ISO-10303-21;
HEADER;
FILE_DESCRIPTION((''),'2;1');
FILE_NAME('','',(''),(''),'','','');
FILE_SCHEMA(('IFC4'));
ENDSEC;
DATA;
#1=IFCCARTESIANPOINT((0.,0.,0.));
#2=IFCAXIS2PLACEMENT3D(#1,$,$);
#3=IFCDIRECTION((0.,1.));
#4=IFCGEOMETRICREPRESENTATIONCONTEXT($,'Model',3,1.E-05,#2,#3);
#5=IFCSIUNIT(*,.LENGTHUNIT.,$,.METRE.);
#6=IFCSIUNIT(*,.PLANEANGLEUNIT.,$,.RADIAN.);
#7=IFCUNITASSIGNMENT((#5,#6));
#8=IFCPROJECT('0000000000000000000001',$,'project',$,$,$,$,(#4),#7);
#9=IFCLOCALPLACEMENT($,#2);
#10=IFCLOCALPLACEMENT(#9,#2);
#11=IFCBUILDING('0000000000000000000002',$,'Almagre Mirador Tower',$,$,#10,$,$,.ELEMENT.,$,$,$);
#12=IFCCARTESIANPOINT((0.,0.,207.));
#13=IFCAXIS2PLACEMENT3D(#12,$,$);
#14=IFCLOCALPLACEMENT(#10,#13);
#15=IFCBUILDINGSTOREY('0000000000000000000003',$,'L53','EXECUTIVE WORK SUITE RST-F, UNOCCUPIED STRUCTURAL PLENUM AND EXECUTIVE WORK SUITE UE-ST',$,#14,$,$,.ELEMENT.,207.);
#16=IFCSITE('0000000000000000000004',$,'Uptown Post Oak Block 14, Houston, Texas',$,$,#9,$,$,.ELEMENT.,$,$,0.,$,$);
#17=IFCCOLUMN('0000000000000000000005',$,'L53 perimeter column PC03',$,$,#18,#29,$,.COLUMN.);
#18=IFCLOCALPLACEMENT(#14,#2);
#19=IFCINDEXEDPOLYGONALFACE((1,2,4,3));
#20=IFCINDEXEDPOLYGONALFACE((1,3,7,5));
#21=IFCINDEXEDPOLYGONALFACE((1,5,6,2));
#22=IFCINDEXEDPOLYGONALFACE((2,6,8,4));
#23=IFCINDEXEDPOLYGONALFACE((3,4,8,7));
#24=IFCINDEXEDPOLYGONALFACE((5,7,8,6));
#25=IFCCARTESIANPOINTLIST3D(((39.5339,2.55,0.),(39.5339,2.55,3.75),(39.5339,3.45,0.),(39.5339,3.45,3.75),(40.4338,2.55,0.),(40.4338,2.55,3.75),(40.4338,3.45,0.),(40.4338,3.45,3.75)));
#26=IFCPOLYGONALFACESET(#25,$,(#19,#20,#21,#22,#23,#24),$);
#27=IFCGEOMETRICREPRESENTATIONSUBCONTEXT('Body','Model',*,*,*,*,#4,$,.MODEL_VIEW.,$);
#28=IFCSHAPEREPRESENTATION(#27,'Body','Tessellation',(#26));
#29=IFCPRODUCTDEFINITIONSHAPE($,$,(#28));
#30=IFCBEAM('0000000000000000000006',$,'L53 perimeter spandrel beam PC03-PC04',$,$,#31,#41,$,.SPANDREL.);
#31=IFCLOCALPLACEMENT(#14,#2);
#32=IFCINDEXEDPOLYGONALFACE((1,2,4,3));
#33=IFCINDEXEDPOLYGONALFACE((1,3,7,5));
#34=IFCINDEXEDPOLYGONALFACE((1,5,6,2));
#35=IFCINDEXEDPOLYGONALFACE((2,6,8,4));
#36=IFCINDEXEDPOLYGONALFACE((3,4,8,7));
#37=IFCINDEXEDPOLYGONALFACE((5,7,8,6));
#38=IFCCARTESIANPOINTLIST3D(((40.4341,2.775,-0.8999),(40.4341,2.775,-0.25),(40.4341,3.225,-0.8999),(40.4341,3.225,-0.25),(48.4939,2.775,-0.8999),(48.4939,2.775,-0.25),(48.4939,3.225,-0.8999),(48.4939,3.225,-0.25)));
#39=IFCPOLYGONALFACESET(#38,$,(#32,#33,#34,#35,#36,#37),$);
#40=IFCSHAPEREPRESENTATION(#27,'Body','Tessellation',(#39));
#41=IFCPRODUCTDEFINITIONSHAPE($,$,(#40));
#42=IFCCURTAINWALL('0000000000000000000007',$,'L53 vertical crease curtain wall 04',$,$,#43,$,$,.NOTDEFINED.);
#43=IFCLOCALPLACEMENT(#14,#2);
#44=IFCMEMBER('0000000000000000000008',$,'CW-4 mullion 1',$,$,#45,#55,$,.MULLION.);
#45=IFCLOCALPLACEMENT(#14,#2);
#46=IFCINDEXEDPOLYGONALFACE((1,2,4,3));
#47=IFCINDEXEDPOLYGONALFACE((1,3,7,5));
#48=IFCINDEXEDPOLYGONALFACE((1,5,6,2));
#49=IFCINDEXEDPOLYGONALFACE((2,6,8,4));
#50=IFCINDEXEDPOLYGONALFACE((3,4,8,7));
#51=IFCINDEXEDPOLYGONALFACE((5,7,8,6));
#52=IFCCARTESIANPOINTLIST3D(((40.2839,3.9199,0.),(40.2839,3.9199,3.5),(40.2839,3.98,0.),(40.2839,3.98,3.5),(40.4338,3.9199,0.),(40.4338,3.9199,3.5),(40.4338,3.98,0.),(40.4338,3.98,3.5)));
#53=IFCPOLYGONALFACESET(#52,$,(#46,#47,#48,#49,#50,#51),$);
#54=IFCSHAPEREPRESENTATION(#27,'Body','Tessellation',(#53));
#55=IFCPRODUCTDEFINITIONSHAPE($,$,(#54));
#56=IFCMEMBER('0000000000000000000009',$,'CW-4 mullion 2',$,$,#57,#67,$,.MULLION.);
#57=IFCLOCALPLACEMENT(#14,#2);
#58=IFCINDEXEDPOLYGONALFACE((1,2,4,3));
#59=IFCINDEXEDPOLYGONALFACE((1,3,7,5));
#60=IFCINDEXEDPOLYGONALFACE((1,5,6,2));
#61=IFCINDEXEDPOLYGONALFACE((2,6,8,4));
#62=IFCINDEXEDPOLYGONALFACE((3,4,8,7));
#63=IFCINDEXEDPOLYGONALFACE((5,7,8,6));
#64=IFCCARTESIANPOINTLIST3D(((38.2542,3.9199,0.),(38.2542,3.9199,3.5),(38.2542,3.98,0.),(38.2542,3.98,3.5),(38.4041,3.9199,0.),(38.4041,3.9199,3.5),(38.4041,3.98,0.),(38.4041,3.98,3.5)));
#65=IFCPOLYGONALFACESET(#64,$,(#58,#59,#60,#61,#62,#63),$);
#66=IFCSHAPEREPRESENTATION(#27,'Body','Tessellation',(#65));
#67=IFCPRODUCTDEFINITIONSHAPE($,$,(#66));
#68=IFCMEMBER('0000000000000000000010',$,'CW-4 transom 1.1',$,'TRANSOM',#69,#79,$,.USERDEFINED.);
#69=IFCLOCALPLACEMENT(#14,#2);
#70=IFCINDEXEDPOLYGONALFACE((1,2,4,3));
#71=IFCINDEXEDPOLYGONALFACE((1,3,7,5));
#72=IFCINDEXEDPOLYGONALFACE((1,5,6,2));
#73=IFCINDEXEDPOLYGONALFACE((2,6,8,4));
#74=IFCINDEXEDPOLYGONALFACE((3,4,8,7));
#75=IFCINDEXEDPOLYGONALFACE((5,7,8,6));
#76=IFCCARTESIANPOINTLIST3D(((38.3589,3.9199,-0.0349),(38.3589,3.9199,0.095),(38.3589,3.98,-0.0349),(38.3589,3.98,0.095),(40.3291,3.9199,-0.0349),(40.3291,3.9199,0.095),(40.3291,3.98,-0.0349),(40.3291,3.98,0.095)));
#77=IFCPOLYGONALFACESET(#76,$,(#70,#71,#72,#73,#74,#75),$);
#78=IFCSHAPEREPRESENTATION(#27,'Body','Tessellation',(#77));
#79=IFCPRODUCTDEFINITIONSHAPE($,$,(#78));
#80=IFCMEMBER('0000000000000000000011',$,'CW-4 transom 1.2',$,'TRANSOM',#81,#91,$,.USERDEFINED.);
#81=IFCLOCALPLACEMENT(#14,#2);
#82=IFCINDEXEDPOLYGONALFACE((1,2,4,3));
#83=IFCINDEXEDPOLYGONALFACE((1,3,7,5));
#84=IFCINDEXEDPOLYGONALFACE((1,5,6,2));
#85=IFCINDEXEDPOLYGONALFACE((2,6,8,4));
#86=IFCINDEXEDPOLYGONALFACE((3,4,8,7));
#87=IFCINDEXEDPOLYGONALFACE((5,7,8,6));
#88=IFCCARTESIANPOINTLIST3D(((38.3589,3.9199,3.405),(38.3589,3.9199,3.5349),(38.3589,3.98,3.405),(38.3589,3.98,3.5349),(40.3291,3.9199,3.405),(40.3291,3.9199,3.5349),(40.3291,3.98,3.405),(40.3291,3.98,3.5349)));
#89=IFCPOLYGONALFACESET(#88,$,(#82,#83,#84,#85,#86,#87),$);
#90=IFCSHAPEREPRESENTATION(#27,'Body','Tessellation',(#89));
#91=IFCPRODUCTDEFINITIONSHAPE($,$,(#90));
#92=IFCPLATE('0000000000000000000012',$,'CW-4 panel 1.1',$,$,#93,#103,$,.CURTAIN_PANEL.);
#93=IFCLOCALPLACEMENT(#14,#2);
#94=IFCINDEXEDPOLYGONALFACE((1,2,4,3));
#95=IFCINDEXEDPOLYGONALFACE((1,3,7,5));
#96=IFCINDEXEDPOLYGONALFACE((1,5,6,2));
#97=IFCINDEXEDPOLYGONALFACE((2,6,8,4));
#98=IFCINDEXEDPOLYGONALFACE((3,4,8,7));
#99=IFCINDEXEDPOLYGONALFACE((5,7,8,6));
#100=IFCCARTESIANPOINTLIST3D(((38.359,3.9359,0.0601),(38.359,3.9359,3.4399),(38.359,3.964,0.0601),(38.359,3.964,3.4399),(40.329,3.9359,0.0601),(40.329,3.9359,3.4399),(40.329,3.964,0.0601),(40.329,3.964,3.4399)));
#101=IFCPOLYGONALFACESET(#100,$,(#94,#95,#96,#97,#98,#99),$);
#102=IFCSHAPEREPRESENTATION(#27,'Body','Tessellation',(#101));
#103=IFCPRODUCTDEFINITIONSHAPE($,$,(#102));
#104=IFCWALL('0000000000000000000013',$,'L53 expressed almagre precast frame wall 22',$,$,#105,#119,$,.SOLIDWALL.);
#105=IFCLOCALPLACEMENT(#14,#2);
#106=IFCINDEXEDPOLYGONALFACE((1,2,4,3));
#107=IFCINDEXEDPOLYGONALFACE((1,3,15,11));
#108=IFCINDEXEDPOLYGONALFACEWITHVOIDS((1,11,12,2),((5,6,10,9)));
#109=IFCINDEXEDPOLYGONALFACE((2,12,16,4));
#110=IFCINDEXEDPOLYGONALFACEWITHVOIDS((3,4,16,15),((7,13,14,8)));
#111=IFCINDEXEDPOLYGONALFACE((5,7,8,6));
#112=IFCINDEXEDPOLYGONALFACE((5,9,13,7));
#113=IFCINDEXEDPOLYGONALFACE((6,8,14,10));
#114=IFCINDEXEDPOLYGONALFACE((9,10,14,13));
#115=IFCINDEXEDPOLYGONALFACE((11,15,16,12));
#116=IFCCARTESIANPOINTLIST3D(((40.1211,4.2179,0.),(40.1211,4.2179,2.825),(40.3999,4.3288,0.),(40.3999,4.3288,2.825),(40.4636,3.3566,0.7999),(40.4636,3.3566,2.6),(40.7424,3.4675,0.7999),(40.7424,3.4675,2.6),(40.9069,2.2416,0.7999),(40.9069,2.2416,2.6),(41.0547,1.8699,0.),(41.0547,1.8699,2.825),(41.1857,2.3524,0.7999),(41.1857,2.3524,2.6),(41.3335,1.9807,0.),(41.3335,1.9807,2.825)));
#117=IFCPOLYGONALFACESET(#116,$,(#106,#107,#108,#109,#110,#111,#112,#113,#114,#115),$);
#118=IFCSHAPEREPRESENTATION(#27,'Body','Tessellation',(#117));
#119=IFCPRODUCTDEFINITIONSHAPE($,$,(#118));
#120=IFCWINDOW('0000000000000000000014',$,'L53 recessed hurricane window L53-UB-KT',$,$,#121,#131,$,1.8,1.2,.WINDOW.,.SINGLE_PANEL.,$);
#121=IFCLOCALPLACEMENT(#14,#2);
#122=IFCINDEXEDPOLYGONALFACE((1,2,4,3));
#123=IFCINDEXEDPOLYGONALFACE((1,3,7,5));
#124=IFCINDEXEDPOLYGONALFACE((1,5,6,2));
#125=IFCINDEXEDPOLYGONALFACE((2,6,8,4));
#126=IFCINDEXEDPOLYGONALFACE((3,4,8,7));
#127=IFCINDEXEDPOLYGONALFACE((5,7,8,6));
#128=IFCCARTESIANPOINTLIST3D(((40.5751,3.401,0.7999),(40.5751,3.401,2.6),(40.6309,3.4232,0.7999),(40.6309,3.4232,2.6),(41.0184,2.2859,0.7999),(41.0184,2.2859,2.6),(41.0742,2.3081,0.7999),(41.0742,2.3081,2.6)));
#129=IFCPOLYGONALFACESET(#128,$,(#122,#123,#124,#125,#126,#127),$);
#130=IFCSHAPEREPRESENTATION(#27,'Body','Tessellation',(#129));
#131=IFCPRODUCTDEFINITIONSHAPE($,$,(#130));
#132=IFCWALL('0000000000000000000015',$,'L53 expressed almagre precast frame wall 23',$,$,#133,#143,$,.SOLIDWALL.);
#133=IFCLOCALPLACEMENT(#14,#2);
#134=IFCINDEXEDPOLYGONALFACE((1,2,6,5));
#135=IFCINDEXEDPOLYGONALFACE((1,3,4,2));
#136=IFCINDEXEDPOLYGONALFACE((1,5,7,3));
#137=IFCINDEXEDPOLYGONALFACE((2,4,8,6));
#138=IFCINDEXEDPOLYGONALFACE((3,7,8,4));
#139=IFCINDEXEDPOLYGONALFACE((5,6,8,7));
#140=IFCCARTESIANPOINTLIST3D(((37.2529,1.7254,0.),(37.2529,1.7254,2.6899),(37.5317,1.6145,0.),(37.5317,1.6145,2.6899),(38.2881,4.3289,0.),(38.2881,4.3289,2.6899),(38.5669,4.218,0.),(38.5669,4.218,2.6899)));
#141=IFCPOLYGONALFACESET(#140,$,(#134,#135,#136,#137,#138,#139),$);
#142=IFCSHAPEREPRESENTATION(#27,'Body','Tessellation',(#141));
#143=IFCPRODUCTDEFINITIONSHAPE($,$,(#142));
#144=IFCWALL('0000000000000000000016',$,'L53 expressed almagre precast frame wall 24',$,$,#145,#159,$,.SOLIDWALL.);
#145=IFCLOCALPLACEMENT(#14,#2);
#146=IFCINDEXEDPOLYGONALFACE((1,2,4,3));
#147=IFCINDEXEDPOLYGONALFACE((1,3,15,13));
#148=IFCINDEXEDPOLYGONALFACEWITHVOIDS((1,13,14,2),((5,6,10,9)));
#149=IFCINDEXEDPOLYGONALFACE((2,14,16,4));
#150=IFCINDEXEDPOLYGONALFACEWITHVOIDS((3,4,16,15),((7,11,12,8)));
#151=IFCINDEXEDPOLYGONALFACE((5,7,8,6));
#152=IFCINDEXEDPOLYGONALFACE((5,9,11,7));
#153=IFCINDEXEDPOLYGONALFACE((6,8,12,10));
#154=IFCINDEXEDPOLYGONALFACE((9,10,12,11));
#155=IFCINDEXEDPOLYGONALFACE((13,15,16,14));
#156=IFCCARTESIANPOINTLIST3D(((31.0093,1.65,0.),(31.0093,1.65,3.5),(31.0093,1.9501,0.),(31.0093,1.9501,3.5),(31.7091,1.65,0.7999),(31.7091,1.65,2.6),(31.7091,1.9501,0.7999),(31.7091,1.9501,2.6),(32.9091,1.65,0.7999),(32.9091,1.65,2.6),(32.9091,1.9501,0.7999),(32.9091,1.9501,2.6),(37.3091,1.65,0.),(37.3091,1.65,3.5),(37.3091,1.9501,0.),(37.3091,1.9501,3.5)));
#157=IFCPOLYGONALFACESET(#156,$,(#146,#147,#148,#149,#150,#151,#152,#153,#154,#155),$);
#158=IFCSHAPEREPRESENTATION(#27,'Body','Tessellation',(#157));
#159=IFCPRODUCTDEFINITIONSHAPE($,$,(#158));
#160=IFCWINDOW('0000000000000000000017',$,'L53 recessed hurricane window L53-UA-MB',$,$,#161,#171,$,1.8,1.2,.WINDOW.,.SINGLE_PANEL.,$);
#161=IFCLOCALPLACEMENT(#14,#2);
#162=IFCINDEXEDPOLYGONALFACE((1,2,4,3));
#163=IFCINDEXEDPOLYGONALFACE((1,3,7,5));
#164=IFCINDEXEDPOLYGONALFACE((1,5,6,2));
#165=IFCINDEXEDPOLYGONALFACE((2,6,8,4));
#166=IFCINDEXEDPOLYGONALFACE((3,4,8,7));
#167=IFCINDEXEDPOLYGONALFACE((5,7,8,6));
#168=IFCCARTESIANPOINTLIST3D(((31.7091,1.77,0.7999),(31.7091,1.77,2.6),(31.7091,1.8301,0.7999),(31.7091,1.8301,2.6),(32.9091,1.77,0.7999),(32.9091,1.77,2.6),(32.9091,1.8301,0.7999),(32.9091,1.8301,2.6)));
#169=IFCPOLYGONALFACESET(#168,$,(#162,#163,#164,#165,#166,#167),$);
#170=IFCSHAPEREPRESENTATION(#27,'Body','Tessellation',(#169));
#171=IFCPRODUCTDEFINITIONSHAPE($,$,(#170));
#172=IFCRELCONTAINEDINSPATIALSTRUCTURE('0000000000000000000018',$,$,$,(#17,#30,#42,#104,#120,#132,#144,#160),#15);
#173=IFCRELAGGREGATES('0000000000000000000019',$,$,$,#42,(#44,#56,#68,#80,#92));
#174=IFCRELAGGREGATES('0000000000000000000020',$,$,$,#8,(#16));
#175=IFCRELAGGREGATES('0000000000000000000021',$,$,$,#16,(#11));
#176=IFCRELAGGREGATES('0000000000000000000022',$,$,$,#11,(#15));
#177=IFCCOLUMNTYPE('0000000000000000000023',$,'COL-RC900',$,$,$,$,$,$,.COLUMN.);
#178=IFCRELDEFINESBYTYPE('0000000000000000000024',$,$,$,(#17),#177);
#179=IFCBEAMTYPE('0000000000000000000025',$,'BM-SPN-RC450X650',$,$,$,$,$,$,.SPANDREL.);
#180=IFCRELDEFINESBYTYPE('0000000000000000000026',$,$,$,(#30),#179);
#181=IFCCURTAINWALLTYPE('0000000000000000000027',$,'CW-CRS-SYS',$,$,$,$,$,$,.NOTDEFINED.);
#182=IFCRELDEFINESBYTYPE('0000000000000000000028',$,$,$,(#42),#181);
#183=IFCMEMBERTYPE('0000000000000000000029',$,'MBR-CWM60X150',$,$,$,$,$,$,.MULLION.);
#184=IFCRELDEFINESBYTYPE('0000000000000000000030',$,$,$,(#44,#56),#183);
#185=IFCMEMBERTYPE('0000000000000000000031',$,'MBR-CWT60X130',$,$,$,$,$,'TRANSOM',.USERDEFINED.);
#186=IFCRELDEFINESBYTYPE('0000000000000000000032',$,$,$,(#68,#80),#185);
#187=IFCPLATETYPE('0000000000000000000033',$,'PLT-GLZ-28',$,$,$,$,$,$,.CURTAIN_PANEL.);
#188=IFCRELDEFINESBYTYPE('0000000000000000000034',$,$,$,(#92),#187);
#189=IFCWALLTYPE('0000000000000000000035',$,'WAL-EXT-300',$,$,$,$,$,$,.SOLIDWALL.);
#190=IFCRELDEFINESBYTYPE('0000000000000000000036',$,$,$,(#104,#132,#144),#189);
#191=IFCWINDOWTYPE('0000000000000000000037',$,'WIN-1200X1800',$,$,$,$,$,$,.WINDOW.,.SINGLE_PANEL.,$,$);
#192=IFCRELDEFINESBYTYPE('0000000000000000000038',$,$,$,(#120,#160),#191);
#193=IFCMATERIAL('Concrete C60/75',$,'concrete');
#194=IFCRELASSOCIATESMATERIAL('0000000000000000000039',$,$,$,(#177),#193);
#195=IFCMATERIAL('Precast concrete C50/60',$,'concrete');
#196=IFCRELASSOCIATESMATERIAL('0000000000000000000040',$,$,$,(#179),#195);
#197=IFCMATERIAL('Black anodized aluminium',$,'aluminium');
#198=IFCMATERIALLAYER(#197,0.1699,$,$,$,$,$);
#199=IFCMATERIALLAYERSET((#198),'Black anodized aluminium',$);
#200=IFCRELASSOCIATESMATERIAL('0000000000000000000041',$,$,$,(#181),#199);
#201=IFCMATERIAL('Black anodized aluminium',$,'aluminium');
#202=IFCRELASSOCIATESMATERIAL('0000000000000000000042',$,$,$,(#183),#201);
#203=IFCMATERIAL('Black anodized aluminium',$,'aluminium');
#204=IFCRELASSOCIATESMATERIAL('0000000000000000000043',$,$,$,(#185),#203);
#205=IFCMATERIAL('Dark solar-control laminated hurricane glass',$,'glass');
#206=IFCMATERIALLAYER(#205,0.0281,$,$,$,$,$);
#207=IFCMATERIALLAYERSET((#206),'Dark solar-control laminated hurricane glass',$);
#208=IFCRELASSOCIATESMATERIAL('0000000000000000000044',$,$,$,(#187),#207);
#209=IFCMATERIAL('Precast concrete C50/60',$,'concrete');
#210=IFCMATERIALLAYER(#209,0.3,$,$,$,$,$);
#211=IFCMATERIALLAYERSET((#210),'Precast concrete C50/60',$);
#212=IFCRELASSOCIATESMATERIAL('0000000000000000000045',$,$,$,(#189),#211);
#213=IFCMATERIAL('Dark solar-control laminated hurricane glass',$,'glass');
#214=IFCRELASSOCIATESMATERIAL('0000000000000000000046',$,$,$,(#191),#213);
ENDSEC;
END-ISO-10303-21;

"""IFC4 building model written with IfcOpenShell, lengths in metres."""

from ifc_helpers import new_model, si_unit, direction, frame, frame_2d, origin, origin_2d, place, context, subcontext, project, spatial, rectangle, extrude, material, layer, layer_set, material_profile, profile_set, type_object, element, fill, aggregate, save


model = new_model("IFC4")

# Units and contexts
model_context = context("Model", 3, precision=1e-05, world=origin(), true_north=direction((0.0, 1.0)))
body_context = subcontext(model_context, "Body", "Model", "MODEL_VIEW")
ifc_project = project(units=[si_unit("LENGTHUNIT", "METRE"), si_unit("PLANEANGLEUNIT", "RADIAN")], contexts=[model_context])

# Site, building, storey
site_placement = place(None, origin())
site = spatial("IfcSite", under=ifc_project, at=site_placement, Name="Uptown Post Oak Block 14, Houston, Texas", CompositionType="ELEMENT", RefElevation=0.0)
building_placement = place(site_placement, origin())
building = spatial("IfcBuilding", under=site, at=building_placement, Name="Almagre Mirador Tower", CompositionType="ELEMENT")
storey_placement = place(building_placement, frame((0.0, 0.0, 207.0)))
storey = spatial("IfcBuildingStorey", under=building, at=storey_placement, Name="L53", Description="EXECUTIVE WORK SUITE RST-F, UNOCCUPIED STRUCTURAL PLENUM AND EXECUTIVE WORK SUITE UE-ST", CompositionType="ELEMENT", Elevation=207.0)

# Column
ifc_material_1 = material(Name="Concrete C60/75", Category="concrete")
ifc_material_profile_1 = material_profile(ifc_material_1, rectangle(XDim=0.8999, YDim=0.8999, at=origin_2d()), Name="RC900X900")
ifc_profile_set_1 = profile_set([ifc_material_profile_1], Name="Concrete C60/75")
column_type = type_object("IfcColumnType", Name="COL-RC900", PredefinedType="COLUMN", material=ifc_profile_set_1)
column_placement = place(storey_placement, frame((39.9839, 3.0, 0.0), z_axis=(0.0, 0.0, 1.0), x_axis=(1.0, 0.0, 0.0)))
element("IfcColumn", 1, at=column_placement, inside=storey, type_object=column_type, Name="L53 perimeter column PC03", PredefinedType="COLUMN", context=body_context, shape_type="SweptSolid", body=[
    extrude(rectangle(XDim=0.8999, YDim=0.8999, at=origin_2d()), origin(), (0.0, 0.0, 1.0), 3.75),
])

# Beam
ifc_material_2 = material(Name="Precast concrete C50/60", Category="concrete")
ifc_material_profile_2 = material_profile(ifc_material_2, rectangle(XDim=0.45, YDim=0.6499, at=origin_2d()), Name="RC450X650")
ifc_profile_set_2 = profile_set([ifc_material_profile_2], Name="Precast concrete C50/60")
beam_type = type_object("IfcBeamType", Name="BM-SPN-RC450X650", PredefinedType="SPANDREL", material=ifc_profile_set_2)
beam_placement = place(storey_placement, frame((40.4341, 3.0, -0.575), z_axis=(1.0, 0.0, 0.0), x_axis=(0.0, 1.0, 0.0)))
element("IfcBeam", 2, at=beam_placement, inside=storey, type_object=beam_type, Name="L53 perimeter spandrel beam PC03-PC04", PredefinedType="SPANDREL", context=body_context, shape_type="SweptSolid", body=[
    extrude(rectangle(XDim=0.45, YDim=0.6499, at=origin_2d()), origin(), (0.0, 0.0, 1.0), 8.0598),
])

# Curtain wall, members, plate
ifc_material_3 = material(Name="Black anodized aluminium", Category="aluminium")
ifc_layer_1 = layer(ifc_material_3, 0.1699)
ifc_layer_set_1 = layer_set([ifc_layer_1], Name="Black anodized aluminium")
curtain_wall_type = type_object("IfcCurtainWallType", Name="CW-CRS-SYS", PredefinedType="NOTDEFINED", material=ifc_layer_set_1)
curtain_wall_placement = place(storey_placement, origin())
curtain_wall = element("IfcCurtainWall", 3, at=curtain_wall_placement, inside=storey, type_object=curtain_wall_type, Name="L53 vertical crease curtain wall 04", PredefinedType="NOTDEFINED")
ifc_material_4 = material(Name="Black anodized aluminium", Category="aluminium")
ifc_material_profile_3 = material_profile(ifc_material_4, rectangle(XDim=0.0601, YDim=0.1499, at=origin_2d()), Name="CWM60X150")
ifc_profile_set_3 = profile_set([ifc_material_profile_3], Name="Black anodized aluminium")
member_type_1 = type_object("IfcMemberType", Name="MBR-CWM60X150", PredefinedType="MULLION", material=ifc_profile_set_3)
member_1_placement = place(storey_placement, frame((40.3589, 3.95, 0.0), z_axis=(0.0, 0.0, 1.0), x_axis=(0.0, -1.0, 0.0)))
member_1 = element("IfcMember", 4, at=member_1_placement, type_object=member_type_1, Name="CW-4 mullion 1", PredefinedType="MULLION", context=body_context, shape_type="SweptSolid", body=[
    extrude(rectangle(XDim=0.0601, YDim=0.1499, at=origin_2d()), origin(), (0.0, 0.0, 1.0), 3.5),
])
member_2_placement = place(storey_placement, frame((38.3291, 3.95, 0.0), z_axis=(0.0, 0.0, 1.0), x_axis=(0.0, -1.0, 0.0)))
member_2 = element("IfcMember", 5, at=member_2_placement, type_object=member_type_1, Name="CW-4 mullion 2", PredefinedType="MULLION", context=body_context, shape_type="SweptSolid", body=[
    extrude(rectangle(XDim=0.0601, YDim=0.1499, at=origin_2d()), origin(), (0.0, 0.0, 1.0), 3.5),
])
ifc_material_5 = material(Name="Black anodized aluminium", Category="aluminium")
ifc_material_profile_4 = material_profile(ifc_material_5, rectangle(XDim=0.0601, YDim=0.1299, at=origin_2d()), Name="CWT60X130")
ifc_profile_set_4 = profile_set([ifc_material_profile_4], Name="Black anodized aluminium")
member_type_2 = type_object("IfcMemberType", Name="MBR-CWT60X130", ElementType="TRANSOM", PredefinedType="USERDEFINED", material=ifc_profile_set_4)
member_3_placement = place(storey_placement, frame((40.3291, 3.95, 0.03), z_axis=(-1.0, 0.0, 0.0), x_axis=(0.0, -1.0, 0.0)))
member_3 = element("IfcMember", 6, at=member_3_placement, type_object=member_type_2, Name="CW-4 transom 1.1", ObjectType="TRANSOM", PredefinedType="USERDEFINED", context=body_context, shape_type="SweptSolid", body=[
    extrude(rectangle(XDim=0.0601, YDim=0.1299, at=origin_2d()), origin(), (0.0, 0.0, 1.0), 1.9702),
])
member_4_placement = place(storey_placement, frame((40.3291, 3.95, 3.47), z_axis=(-1.0, 0.0, 0.0), x_axis=(0.0, -1.0, 0.0)))
member_4 = element("IfcMember", 7, at=member_4_placement, type_object=member_type_2, Name="CW-4 transom 1.2", ObjectType="TRANSOM", PredefinedType="USERDEFINED", context=body_context, shape_type="SweptSolid", body=[
    extrude(rectangle(XDim=0.0601, YDim=0.1299, at=origin_2d()), origin(), (0.0, 0.0, 1.0), 1.9702),
])
ifc_material_6 = material(Name="Dark solar-control laminated hurricane glass", Category="glass")
ifc_layer_2 = layer(ifc_material_6, 0.0281)
ifc_layer_set_2 = layer_set([ifc_layer_2], Name="Dark solar-control laminated hurricane glass")
plate_type = type_object("IfcPlateType", Name="PLT-GLZ-28", PredefinedType="CURTAIN_PANEL", material=ifc_layer_set_2)
plate_placement = place(storey_placement, frame((39.344, 3.95, 0.0601), z_axis=(0.0, 0.0, 1.0), x_axis=(-1.0, 0.0, 0.0)))
plate = element("IfcPlate", 8, at=plate_placement, type_object=plate_type, Name="CW-4 panel 1.1", PredefinedType="CURTAIN_PANEL", context=body_context, shape_type="SweptSolid", body=[
    extrude(rectangle(XDim=1.97, YDim=0.0281, at=origin_2d()), origin(), (0.0, 0.0, 1.0), 3.3799),
])
aggregate(curtain_wall, [member_1, member_2, member_3, member_4, plate])

# Wall, opening, window
ifc_material_7 = material(Name="Precast concrete C50/60", Category="concrete")
ifc_layer_3 = layer(ifc_material_7, 0.3)
ifc_layer_set_3 = layer_set([ifc_layer_3], Name="Precast concrete C50/60")
wall_type_1 = type_object("IfcWallType", Name="WAL-EXT-300", PredefinedType="SOLIDWALL", material=ifc_layer_set_3)
wall_1_placement = place(storey_placement, frame((41.1941, 1.9253, 0.0), z_axis=(0.0, 0.0, 1.0), x_axis=(-0.369458, 0.929248, 0.0)))
wall_1 = element("IfcWall", 9, at=wall_1_placement, inside=storey, type_object=wall_type_1, Name="L53 expressed almagre precast frame wall 22", PredefinedType="SOLIDWALL", context=body_context, shape_type="SweptSolid", body=[
    extrude(rectangle(XDim=2.5269, YDim=0.3, at=frame_2d((1.2634, 0.0))), origin(), (0.0, 0.0, 1.0), 2.825),
])
opening_1_placement = place(wall_1_placement, frame((0.3999, 0.0, 0.8)))
opening_1 = element("IfcOpeningElement", 10, at=opening_1_placement, cuts=wall_1, PredefinedType="OPENING", context=body_context, shape_type="SweptSolid", body=[
    extrude(rectangle(XDim=1.2, YDim=1.8, at=frame_2d((0.6001, 0.8999))), frame((0.0, 0.1599, 0.0), z_axis=(0.0, -1.0, 0.0), x_axis=(1.0, 0.0, 0.0)), (0.0, 0.0, 1.0), 0.32),
])
ifc_material_8 = material(Name="Dark solar-control laminated hurricane glass", Category="glass")
window_type = type_object("IfcWindowType", Name="WIN-1200X1800", PartitioningType="SINGLE_PANEL", PredefinedType="WINDOW", material=ifc_material_8)
window_1_placement = place(opening_1_placement, origin())
window_1 = element("IfcWindow", 11, at=window_1_placement, inside=storey, type_object=window_type, Name="L53 recessed hurricane window L53-UB-KT", OverallHeight=1.8, OverallWidth=1.2, PartitioningType="SINGLE_PANEL", PredefinedType="WINDOW", context=body_context, shape_type="SweptSolid", body=[
    extrude(rectangle(XDim=1.2, YDim=1.8, at=frame_2d((0.6001, 0.8999))), frame((0.0, 0.03, 0.0), z_axis=(0.0, -1.0, 0.0), x_axis=(1.0, 0.0, 0.0)), (0.0, 0.0, 1.0), 0.0601),
])
fill(opening_1, window_1)

# Wall
wall_2_placement = place(storey_placement, frame((38.4275, 4.2734, 0.0), z_axis=(0.0, 0.0, 1.0), x_axis=(-0.369467, -0.929244, 0.0)))
element("IfcWall", 12, at=wall_2_placement, inside=storey, type_object=wall_type_1, Name="L53 expressed almagre precast frame wall 23", PredefinedType="SOLIDWALL", context=body_context, shape_type="SweptSolid", body=[
    extrude(rectangle(XDim=2.8018, YDim=0.3, at=frame_2d((1.4009, 0.0))), origin(), (0.0, 0.0, 1.0), 2.6899),
])

# Wall, opening, window
wall_3_placement = place(storey_placement, frame((37.3091, 1.8, 0.0), z_axis=(0.0, 0.0, 1.0), x_axis=(-1.0, 0.0, 0.0)))
wall_3 = element("IfcWall", 13, at=wall_3_placement, inside=storey, type_object=wall_type_1, Name="L53 expressed almagre precast frame wall 24", PredefinedType="SOLIDWALL", context=body_context, shape_type="SweptSolid", body=[
    extrude(rectangle(XDim=6.2998, YDim=0.3, at=frame_2d((3.1499, 0.0))), origin(), (0.0, 0.0, 1.0), 3.5),
])
opening_2_placement = place(wall_3_placement, frame((4.3999, 0.0, 0.8)))
opening_2 = element("IfcOpeningElement", 14, at=opening_2_placement, cuts=wall_3, PredefinedType="OPENING", context=body_context, shape_type="SweptSolid", body=[
    extrude(rectangle(XDim=1.2, YDim=1.8, at=frame_2d((0.6001, 0.8999))), frame((0.0, 0.1599, 0.0), z_axis=(0.0, -1.0, 0.0), x_axis=(1.0, 0.0, 0.0)), (0.0, 0.0, 1.0), 0.32),
])
window_2_placement = place(opening_2_placement, origin())
window_2 = element("IfcWindow", 15, at=window_2_placement, inside=storey, type_object=window_type, Name="L53 recessed hurricane window L53-UA-MB", OverallHeight=1.8, OverallWidth=1.2, PartitioningType="SINGLE_PANEL", PredefinedType="WINDOW", context=body_context, shape_type="SweptSolid", body=[
    extrude(rectangle(XDim=1.2, YDim=1.8, at=frame_2d((0.6001, 0.8999))), frame((0.0, 0.03, 0.0), z_axis=(0.0, -1.0, 0.0), x_axis=(1.0, 0.0, 0.0)), (0.0, 0.0, 1.0), 0.0601),
])
fill(opening_2, window_2)

save(model, "model.ifc")
